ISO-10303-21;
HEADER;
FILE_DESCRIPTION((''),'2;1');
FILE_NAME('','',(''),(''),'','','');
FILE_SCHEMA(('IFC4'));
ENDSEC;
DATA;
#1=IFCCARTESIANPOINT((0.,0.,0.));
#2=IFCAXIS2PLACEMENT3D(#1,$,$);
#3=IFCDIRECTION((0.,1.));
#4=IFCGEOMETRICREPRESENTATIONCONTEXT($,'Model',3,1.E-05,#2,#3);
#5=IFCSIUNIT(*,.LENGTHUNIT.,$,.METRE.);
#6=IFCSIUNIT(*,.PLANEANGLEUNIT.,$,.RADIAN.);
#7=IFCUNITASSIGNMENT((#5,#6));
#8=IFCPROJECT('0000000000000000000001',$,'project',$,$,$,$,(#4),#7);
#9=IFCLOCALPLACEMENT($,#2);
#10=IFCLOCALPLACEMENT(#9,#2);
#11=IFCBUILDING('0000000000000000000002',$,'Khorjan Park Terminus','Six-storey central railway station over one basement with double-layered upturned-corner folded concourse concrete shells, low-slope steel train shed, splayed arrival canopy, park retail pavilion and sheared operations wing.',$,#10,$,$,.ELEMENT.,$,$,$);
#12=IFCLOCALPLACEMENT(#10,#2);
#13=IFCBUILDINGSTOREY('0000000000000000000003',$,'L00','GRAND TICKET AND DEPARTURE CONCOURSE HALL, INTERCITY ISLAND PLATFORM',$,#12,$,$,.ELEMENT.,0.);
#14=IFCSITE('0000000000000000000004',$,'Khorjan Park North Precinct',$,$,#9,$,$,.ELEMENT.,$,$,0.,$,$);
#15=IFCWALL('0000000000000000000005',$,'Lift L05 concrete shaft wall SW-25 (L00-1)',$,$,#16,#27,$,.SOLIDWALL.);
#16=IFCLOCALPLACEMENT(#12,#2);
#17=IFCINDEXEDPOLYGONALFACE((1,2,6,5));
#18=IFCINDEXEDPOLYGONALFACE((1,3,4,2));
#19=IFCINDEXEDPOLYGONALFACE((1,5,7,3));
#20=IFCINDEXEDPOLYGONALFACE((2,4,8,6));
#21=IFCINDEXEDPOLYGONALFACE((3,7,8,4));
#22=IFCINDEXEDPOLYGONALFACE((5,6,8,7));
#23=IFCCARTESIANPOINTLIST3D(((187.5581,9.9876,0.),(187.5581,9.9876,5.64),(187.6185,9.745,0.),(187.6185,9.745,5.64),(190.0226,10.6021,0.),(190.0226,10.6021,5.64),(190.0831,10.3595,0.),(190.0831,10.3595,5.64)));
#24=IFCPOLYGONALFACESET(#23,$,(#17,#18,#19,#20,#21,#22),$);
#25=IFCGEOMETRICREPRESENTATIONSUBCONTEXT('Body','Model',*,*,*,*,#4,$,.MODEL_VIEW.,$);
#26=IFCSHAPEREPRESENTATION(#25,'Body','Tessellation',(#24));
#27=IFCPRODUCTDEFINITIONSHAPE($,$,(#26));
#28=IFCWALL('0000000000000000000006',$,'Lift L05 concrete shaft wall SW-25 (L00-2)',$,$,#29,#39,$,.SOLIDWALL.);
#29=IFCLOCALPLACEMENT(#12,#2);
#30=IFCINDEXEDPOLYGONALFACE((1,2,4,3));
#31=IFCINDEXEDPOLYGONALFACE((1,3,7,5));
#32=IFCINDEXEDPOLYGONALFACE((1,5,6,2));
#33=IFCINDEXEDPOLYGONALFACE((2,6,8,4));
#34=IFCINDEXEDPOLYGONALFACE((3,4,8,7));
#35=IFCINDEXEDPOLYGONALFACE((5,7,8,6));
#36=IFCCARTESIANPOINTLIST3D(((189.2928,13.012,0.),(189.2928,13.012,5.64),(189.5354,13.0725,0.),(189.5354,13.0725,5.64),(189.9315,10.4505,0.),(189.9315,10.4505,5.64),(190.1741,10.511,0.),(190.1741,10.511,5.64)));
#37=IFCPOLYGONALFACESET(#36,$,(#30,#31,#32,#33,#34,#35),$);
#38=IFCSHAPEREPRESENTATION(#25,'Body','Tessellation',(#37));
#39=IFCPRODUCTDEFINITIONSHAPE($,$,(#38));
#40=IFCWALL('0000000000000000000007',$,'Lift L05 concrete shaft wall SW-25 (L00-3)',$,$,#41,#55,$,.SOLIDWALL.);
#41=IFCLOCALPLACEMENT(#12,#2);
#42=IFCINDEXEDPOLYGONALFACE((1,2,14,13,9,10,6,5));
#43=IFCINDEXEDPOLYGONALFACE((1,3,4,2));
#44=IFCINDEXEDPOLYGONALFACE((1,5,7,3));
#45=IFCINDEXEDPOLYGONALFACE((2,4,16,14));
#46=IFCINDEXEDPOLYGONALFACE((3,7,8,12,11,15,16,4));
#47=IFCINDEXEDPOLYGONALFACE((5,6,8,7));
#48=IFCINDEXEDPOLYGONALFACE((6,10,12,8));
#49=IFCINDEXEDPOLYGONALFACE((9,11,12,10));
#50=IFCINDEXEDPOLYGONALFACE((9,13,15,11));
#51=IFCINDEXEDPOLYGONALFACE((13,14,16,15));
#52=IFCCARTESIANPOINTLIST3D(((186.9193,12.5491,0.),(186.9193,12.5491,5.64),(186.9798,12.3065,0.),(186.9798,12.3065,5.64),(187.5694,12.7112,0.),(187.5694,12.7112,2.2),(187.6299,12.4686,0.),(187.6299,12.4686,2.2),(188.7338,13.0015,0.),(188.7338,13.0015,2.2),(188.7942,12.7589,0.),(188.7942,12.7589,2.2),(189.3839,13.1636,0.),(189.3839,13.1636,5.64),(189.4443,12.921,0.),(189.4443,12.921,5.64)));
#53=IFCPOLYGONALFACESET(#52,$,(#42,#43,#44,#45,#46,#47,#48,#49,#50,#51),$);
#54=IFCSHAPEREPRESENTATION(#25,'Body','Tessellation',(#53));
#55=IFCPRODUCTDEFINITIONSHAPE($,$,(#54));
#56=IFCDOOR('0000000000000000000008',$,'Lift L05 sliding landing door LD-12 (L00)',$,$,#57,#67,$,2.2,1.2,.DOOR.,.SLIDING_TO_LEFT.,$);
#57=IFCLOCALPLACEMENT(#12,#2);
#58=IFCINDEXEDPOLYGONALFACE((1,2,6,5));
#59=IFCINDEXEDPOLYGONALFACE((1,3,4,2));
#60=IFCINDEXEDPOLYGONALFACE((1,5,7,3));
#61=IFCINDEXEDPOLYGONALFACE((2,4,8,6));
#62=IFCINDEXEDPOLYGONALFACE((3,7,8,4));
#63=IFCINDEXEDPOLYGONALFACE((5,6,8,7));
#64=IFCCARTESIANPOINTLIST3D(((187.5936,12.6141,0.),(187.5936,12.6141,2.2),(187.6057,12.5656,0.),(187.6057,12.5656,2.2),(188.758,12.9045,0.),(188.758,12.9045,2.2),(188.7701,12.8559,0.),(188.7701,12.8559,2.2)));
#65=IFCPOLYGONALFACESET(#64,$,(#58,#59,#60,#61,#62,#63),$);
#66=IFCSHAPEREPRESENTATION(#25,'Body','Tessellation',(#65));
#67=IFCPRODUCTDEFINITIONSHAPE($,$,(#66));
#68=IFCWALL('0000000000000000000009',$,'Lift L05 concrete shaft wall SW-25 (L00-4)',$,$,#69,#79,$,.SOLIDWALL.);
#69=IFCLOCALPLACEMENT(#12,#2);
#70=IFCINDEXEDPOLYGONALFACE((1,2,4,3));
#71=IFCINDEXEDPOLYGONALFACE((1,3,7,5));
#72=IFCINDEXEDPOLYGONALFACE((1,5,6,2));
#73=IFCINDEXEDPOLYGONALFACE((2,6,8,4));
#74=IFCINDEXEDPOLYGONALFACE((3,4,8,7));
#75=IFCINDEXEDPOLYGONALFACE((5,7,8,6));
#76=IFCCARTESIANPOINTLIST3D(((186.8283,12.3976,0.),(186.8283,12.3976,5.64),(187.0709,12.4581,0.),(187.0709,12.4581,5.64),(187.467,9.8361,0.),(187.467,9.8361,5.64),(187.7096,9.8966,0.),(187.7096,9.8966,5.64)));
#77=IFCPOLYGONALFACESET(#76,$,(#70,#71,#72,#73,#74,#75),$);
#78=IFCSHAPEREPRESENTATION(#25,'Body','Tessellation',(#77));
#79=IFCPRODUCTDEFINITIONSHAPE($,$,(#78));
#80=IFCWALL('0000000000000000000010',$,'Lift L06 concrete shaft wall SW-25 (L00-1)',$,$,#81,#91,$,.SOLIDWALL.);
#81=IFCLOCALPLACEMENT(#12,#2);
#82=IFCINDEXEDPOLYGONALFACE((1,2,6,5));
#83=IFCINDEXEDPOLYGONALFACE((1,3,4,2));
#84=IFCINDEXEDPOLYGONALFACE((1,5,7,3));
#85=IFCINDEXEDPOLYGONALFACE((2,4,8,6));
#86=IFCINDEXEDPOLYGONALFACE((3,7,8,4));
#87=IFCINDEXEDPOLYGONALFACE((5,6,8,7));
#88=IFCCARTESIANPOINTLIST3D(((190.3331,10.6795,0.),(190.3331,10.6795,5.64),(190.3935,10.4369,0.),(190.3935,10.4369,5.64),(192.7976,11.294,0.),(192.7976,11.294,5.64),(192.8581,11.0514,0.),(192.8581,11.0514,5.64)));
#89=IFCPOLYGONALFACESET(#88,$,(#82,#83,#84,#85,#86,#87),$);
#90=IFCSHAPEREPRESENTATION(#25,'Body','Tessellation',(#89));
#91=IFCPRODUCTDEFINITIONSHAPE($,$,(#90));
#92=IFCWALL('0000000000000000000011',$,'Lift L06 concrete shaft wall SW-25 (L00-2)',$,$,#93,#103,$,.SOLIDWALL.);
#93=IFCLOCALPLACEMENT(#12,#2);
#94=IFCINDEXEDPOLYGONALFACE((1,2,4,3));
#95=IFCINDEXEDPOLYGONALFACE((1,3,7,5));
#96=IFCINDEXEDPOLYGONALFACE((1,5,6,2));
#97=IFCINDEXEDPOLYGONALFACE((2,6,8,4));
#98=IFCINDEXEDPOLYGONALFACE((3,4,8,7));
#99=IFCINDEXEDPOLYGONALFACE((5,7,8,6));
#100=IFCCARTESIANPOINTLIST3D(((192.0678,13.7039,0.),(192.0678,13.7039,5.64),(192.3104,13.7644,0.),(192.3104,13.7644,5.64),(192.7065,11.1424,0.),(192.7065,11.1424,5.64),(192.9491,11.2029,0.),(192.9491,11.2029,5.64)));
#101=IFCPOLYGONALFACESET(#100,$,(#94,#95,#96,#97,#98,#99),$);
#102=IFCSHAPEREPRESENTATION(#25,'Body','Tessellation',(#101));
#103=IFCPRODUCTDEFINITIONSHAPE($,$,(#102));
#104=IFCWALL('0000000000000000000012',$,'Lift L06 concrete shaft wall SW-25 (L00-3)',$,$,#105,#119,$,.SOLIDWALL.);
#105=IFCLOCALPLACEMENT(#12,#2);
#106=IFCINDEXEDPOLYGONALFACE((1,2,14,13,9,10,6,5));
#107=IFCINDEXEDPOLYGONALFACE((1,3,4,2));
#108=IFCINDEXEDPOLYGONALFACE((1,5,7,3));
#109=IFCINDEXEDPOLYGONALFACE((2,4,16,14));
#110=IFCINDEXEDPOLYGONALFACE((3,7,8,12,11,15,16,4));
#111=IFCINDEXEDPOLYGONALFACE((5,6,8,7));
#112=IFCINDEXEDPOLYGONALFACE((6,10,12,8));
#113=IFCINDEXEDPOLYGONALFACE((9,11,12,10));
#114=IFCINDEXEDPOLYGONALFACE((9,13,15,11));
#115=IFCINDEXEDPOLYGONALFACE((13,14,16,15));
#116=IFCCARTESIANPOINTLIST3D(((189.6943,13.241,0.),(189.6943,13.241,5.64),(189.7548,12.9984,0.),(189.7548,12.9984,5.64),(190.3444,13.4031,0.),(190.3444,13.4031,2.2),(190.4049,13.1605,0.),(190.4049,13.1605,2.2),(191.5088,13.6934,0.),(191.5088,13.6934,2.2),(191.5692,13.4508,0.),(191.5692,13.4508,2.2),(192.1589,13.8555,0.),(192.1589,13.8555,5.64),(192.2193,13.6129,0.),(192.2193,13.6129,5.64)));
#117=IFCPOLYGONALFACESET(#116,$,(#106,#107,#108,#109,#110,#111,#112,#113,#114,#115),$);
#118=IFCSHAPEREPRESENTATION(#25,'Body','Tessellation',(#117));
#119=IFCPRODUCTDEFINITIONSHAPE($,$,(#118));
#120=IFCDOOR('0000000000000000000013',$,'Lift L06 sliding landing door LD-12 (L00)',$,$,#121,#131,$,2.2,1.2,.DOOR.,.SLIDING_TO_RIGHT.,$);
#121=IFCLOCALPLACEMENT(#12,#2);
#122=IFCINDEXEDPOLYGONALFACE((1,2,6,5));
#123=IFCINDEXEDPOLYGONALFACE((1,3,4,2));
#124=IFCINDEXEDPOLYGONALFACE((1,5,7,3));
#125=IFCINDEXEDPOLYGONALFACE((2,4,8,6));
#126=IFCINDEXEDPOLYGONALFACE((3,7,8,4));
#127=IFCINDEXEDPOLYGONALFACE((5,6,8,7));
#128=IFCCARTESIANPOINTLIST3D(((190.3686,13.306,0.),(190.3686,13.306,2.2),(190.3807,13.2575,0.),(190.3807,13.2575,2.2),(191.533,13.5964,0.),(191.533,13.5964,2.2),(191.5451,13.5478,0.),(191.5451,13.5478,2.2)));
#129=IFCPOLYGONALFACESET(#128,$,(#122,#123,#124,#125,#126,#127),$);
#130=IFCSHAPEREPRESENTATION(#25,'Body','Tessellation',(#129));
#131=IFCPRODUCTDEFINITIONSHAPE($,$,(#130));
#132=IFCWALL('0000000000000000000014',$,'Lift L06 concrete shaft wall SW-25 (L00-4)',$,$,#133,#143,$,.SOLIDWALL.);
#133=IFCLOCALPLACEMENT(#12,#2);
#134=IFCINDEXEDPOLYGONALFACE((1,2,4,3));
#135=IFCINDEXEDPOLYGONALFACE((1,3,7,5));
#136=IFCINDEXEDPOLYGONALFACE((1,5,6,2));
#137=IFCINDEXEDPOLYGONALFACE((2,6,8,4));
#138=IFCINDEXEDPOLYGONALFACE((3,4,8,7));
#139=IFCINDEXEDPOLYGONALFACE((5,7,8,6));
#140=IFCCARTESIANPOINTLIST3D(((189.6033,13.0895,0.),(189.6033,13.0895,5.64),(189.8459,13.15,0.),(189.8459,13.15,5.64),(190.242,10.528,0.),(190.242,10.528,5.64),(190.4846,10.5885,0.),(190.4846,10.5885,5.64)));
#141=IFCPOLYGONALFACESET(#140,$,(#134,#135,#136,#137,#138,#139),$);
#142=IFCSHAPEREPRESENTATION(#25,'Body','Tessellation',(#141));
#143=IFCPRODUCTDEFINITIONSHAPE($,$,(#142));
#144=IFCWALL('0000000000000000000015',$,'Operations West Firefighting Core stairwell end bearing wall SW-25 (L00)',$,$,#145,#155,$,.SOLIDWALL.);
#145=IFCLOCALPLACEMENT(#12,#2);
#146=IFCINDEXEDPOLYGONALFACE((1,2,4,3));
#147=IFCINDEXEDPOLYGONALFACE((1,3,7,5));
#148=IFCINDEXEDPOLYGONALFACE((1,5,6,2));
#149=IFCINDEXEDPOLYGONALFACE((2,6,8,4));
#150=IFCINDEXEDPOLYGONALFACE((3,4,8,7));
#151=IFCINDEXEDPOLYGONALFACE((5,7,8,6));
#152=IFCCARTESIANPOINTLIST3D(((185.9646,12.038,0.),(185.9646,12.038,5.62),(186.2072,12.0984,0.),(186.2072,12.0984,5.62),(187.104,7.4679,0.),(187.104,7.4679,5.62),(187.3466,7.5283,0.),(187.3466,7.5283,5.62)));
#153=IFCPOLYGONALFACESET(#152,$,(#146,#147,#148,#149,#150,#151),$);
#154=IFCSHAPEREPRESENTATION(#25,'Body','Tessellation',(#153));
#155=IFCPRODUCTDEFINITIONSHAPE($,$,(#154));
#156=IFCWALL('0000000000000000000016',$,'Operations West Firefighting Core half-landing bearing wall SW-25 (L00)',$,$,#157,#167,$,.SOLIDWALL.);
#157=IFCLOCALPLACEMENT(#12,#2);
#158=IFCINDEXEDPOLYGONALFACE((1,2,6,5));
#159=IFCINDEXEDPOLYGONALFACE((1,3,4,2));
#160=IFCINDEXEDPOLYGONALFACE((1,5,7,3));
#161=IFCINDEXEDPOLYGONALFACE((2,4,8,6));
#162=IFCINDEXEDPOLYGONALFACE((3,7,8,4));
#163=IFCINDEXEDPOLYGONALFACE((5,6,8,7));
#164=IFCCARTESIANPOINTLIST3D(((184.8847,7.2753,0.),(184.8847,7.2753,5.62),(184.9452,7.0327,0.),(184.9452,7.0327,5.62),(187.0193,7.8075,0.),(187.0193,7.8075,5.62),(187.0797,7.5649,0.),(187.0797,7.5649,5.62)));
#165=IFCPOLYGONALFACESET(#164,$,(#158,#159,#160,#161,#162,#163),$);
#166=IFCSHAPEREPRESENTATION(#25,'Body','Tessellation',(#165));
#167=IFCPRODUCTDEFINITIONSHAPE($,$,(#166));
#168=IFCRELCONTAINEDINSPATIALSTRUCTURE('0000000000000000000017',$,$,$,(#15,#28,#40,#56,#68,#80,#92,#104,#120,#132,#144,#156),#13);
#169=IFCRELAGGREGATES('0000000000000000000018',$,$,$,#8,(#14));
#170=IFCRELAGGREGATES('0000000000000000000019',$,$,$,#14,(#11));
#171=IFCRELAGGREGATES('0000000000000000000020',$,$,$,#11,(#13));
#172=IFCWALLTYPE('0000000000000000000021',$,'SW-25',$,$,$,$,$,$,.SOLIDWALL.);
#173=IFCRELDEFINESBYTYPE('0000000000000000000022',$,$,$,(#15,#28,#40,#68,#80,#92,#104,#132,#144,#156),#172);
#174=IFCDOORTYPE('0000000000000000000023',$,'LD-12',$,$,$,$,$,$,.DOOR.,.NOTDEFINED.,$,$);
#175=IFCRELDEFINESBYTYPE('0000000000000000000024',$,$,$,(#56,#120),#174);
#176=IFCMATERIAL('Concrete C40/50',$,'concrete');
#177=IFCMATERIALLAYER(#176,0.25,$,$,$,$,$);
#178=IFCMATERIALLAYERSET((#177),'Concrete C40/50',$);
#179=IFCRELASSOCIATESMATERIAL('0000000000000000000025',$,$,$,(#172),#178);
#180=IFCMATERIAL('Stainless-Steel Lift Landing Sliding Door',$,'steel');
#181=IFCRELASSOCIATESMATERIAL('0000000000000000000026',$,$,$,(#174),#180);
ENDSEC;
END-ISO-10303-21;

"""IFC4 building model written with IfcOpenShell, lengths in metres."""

from ifc_helpers import new_model, si_unit, direction, frame, frame_2d, origin, place, context, subcontext, project, spatial, rectangle, extrude, material, layer, layer_set, type_object, element, fill, save


model = new_model("IFC4")

# Units and contexts
model_context = context("Model", 3, precision=1e-05, world=origin(), true_north=direction((0.0, 1.0)))
body_context = subcontext(model_context, "Body", "Model", "MODEL_VIEW")
ifc_project = project(units=[si_unit("LENGTHUNIT", "METRE"), si_unit("PLANEANGLEUNIT", "RADIAN")], contexts=[model_context])

# Site, building, storey
site_placement = place(None, origin())
site = spatial("IfcSite", under=ifc_project, at=site_placement, Name="Khorjan Park North Precinct", CompositionType="ELEMENT", RefElevation=0.0)
building_placement = place(site_placement, origin())
building = spatial("IfcBuilding", under=site, at=building_placement, Name="Khorjan Park Terminus", Description="Six-storey central railway station over one basement with double-layered upturned-corner folded concourse concrete shells, low-slope steel train shed, splayed arrival canopy, park retail pavilion and sheared operations wing.", CompositionType="ELEMENT")
storey_placement = place(building_placement, origin())
storey = spatial("IfcBuildingStorey", under=building, at=storey_placement, Name="L00", Description="GRAND TICKET AND DEPARTURE CONCOURSE HALL, INTERCITY ISLAND PLATFORM", CompositionType="ELEMENT", Elevation=0.0)

# Shared definitions
ifc_material_1 = material(Name="Concrete C40/50", Category="concrete")

# Walls
ifc_layer_1 = layer(ifc_material_1, 0.25)
ifc_layer_set_1 = layer_set([ifc_layer_1], Name="Concrete C40/50")
wall_type_1 = type_object("IfcWallType", Name="SW-25", PredefinedType="SOLIDWALL", material=ifc_layer_set_1)
wall_1_placement = place(storey_placement, frame((187.5883, 9.8663, 0.0), z_axis=(0.0, 0.0, 1.0), x_axis=(0.970293, 0.241933, 0.0)))
element("IfcWall", 1, at=wall_1_placement, inside=storey, type_object=wall_type_1, Name="Lift L05 concrete shaft wall SW-25 (L00-1)", PredefinedType="SOLIDWALL", context=body_context, shape_type="SweptSolid", body=[
    extrude(rectangle(XDim=2.54, YDim=0.25, at=frame_2d((1.27, 0.0))), origin(), (0.0, 0.0, 1.0), 5.64),
])
wall_2_placement = place(storey_placement, frame((190.0528, 10.4808, 0.0), z_axis=(0.0, 0.0, 1.0), x_axis=(-0.241938, 0.970292, 0.0)))
element("IfcWall", 2, at=wall_2_placement, inside=storey, type_object=wall_type_1, Name="Lift L05 concrete shaft wall SW-25 (L00-2)", PredefinedType="SOLIDWALL", context=body_context, shape_type="SweptSolid", body=[
    extrude(rectangle(XDim=2.6399, YDim=0.25, at=frame_2d((1.3199, 0.0))), origin(), (0.0, 0.0, 1.0), 5.64),
])

# Wall, opening, door
wall_3_placement = place(storey_placement, frame((189.4141, 13.0423, 0.0), z_axis=(0.0, 0.0, 1.0), x_axis=(-0.970293, -0.241933, 0.0)))
wall_3 = element("IfcWall", 3, at=wall_3_placement, inside=storey, type_object=wall_type_1, Name="Lift L05 concrete shaft wall SW-25 (L00-3)", PredefinedType="SOLIDWALL", context=body_context, shape_type="SweptSolid", body=[
    extrude(rectangle(XDim=2.54, YDim=0.25, at=frame_2d((1.27, 0.0))), origin(), (0.0, 0.0, 1.0), 5.64),
])
opening_1_placement = place(wall_3_placement, frame((0.67, 0.0, 0.0)))
opening_1 = element("IfcOpeningElement", 4, at=opening_1_placement, cuts=wall_3, PredefinedType="OPENING", context=body_context, shape_type="SweptSolid", body=[
    extrude(rectangle(XDim=1.2, YDim=2.2, at=frame_2d((0.6, 1.1))), frame((0.0, 0.135, 0.0), z_axis=(0.0, -1.0, 0.0), x_axis=(1.0, 0.0, 0.0)), (0.0, 0.0, 1.0), 0.27),
])
ifc_material_2 = material(Name="Stainless-Steel Lift Landing Sliding Door", Category="steel")
door_type_1 = type_object("IfcDoorType", Name="LD-12", OperationType="NOTDEFINED", PredefinedType="DOOR", material=ifc_material_2)
door_1_placement = place(opening_1_placement, origin())
door_1 = element("IfcDoor", 5, at=door_1_placement, inside=storey, type_object=door_type_1, Name="Lift L05 sliding landing door LD-12 (L00)", OperationType="SLIDING_TO_LEFT", OverallHeight=2.2, OverallWidth=1.2, PredefinedType="DOOR", context=body_context, shape_type="SweptSolid", body=[
    extrude(rectangle(XDim=1.2, YDim=2.2, at=frame_2d((0.6, 1.1))), frame((0.0, 0.025, 0.0), z_axis=(0.0, -1.0, 0.0), x_axis=(1.0, 0.0, 0.0)), (0.0, 0.0, 1.0), 0.05),
])
fill(opening_1, door_1)

# Walls
wall_4_placement = place(storey_placement, frame((186.9496, 12.4278, 0.0), z_axis=(0.0, 0.0, 1.0), x_axis=(0.241938, -0.970292, 0.0)))
element("IfcWall", 6, at=wall_4_placement, inside=storey, type_object=wall_type_1, Name="Lift L05 concrete shaft wall SW-25 (L00-4)", PredefinedType="SOLIDWALL", context=body_context, shape_type="SweptSolid", body=[
    extrude(rectangle(XDim=2.6399, YDim=0.25, at=frame_2d((1.3199, 0.0))), origin(), (0.0, 0.0, 1.0), 5.64),
])
wall_5_placement = place(storey_placement, frame((190.3633, 10.5582, 0.0), z_axis=(0.0, 0.0, 1.0), x_axis=(0.970293, 0.241933, 0.0)))
element("IfcWall", 7, at=wall_5_placement, inside=storey, type_object=wall_type_1, Name="Lift L06 concrete shaft wall SW-25 (L00-1)", PredefinedType="SOLIDWALL", context=body_context, shape_type="SweptSolid", body=[
    extrude(rectangle(XDim=2.54, YDim=0.25, at=frame_2d((1.27, 0.0))), origin(), (0.0, 0.0, 1.0), 5.64),
])
wall_6_placement = place(storey_placement, frame((192.8278, 11.1727, 0.0), z_axis=(0.0, 0.0, 1.0), x_axis=(-0.241938, 0.970292, 0.0)))
element("IfcWall", 8, at=wall_6_placement, inside=storey, type_object=wall_type_1, Name="Lift L06 concrete shaft wall SW-25 (L00-2)", PredefinedType="SOLIDWALL", context=body_context, shape_type="SweptSolid", body=[
    extrude(rectangle(XDim=2.6399, YDim=0.25, at=frame_2d((1.3199, 0.0))), origin(), (0.0, 0.0, 1.0), 5.64),
])

# Wall, opening, door
wall_7_placement = place(storey_placement, frame((192.1891, 13.7342, 0.0), z_axis=(0.0, 0.0, 1.0), x_axis=(-0.970293, -0.241933, 0.0)))
wall_7 = element("IfcWall", 9, at=wall_7_placement, inside=storey, type_object=wall_type_1, Name="Lift L06 concrete shaft wall SW-25 (L00-3)", PredefinedType="SOLIDWALL", context=body_context, shape_type="SweptSolid", body=[
    extrude(rectangle(XDim=2.54, YDim=0.25, at=frame_2d((1.27, 0.0))), origin(), (0.0, 0.0, 1.0), 5.64),
])
opening_2_placement = place(wall_7_placement, frame((0.67, 0.0, 0.0)))
opening_2 = element("IfcOpeningElement", 10, at=opening_2_placement, cuts=wall_7, PredefinedType="OPENING", context=body_context, shape_type="SweptSolid", body=[
    extrude(rectangle(XDim=1.2, YDim=2.2, at=frame_2d((0.6, 1.1))), frame((0.0, 0.135, 0.0), z_axis=(0.0, -1.0, 0.0), x_axis=(1.0, 0.0, 0.0)), (0.0, 0.0, 1.0), 0.27),
])
door_2_placement = place(opening_2_placement, origin())
door_2 = element("IfcDoor", 11, at=door_2_placement, inside=storey, type_object=door_type_1, Name="Lift L06 sliding landing door LD-12 (L00)", OperationType="SLIDING_TO_RIGHT", OverallHeight=2.2, OverallWidth=1.2, PredefinedType="DOOR", context=body_context, shape_type="SweptSolid", body=[
    extrude(rectangle(XDim=1.2, YDim=2.2, at=frame_2d((0.6, 1.1))), frame((0.0, 0.025, 0.0), z_axis=(0.0, -1.0, 0.0), x_axis=(1.0, 0.0, 0.0)), (0.0, 0.0, 1.0), 0.05),
])
fill(opening_2, door_2)

# Walls
wall_8_placement = place(storey_placement, frame((189.7246, 13.1197, 0.0), z_axis=(0.0, 0.0, 1.0), x_axis=(0.241938, -0.970292, 0.0)))
element("IfcWall", 12, at=wall_8_placement, inside=storey, type_object=wall_type_1, Name="Lift L06 concrete shaft wall SW-25 (L00-4)", PredefinedType="SOLIDWALL", context=body_context, shape_type="SweptSolid", body=[
    extrude(rectangle(XDim=2.6399, YDim=0.25, at=frame_2d((1.3199, 0.0))), origin(), (0.0, 0.0, 1.0), 5.64),
])
wall_9_placement = place(storey_placement, frame((187.2253, 7.4981, 0.0), z_axis=(0.0, 0.0, 1.0), x_axis=(-0.241911, 0.970298, 0.0)))
element("IfcWall", 13, at=wall_9_placement, inside=storey, type_object=wall_type_1, Name="Operations West Firefighting Core stairwell end bearing wall SW-25 (L00)", PredefinedType="SOLIDWALL", context=body_context, shape_type="SweptSolid", body=[
    extrude(rectangle(XDim=4.71, YDim=0.25, at=frame_2d((2.355, 0.0))), origin(), (0.0, 0.0, 1.0), 5.62),
])
wall_10_placement = place(storey_placement, frame((184.915, 7.154, 0.0), z_axis=(0.0, 0.0, 1.0), x_axis=(0.970297, 0.241915, 0.0)))
element("IfcWall", 14, at=wall_10_placement, inside=storey, type_object=wall_type_1, Name="Operations West Firefighting Core half-landing bearing wall SW-25 (L00)", PredefinedType="SOLIDWALL", context=body_context, shape_type="SweptSolid", body=[
    extrude(rectangle(XDim=2.1999, YDim=0.25, at=frame_2d((1.0999, 0.0))), origin(), (0.0, 0.0, 1.0), 5.62),
])

save(model, "model.ifc")
